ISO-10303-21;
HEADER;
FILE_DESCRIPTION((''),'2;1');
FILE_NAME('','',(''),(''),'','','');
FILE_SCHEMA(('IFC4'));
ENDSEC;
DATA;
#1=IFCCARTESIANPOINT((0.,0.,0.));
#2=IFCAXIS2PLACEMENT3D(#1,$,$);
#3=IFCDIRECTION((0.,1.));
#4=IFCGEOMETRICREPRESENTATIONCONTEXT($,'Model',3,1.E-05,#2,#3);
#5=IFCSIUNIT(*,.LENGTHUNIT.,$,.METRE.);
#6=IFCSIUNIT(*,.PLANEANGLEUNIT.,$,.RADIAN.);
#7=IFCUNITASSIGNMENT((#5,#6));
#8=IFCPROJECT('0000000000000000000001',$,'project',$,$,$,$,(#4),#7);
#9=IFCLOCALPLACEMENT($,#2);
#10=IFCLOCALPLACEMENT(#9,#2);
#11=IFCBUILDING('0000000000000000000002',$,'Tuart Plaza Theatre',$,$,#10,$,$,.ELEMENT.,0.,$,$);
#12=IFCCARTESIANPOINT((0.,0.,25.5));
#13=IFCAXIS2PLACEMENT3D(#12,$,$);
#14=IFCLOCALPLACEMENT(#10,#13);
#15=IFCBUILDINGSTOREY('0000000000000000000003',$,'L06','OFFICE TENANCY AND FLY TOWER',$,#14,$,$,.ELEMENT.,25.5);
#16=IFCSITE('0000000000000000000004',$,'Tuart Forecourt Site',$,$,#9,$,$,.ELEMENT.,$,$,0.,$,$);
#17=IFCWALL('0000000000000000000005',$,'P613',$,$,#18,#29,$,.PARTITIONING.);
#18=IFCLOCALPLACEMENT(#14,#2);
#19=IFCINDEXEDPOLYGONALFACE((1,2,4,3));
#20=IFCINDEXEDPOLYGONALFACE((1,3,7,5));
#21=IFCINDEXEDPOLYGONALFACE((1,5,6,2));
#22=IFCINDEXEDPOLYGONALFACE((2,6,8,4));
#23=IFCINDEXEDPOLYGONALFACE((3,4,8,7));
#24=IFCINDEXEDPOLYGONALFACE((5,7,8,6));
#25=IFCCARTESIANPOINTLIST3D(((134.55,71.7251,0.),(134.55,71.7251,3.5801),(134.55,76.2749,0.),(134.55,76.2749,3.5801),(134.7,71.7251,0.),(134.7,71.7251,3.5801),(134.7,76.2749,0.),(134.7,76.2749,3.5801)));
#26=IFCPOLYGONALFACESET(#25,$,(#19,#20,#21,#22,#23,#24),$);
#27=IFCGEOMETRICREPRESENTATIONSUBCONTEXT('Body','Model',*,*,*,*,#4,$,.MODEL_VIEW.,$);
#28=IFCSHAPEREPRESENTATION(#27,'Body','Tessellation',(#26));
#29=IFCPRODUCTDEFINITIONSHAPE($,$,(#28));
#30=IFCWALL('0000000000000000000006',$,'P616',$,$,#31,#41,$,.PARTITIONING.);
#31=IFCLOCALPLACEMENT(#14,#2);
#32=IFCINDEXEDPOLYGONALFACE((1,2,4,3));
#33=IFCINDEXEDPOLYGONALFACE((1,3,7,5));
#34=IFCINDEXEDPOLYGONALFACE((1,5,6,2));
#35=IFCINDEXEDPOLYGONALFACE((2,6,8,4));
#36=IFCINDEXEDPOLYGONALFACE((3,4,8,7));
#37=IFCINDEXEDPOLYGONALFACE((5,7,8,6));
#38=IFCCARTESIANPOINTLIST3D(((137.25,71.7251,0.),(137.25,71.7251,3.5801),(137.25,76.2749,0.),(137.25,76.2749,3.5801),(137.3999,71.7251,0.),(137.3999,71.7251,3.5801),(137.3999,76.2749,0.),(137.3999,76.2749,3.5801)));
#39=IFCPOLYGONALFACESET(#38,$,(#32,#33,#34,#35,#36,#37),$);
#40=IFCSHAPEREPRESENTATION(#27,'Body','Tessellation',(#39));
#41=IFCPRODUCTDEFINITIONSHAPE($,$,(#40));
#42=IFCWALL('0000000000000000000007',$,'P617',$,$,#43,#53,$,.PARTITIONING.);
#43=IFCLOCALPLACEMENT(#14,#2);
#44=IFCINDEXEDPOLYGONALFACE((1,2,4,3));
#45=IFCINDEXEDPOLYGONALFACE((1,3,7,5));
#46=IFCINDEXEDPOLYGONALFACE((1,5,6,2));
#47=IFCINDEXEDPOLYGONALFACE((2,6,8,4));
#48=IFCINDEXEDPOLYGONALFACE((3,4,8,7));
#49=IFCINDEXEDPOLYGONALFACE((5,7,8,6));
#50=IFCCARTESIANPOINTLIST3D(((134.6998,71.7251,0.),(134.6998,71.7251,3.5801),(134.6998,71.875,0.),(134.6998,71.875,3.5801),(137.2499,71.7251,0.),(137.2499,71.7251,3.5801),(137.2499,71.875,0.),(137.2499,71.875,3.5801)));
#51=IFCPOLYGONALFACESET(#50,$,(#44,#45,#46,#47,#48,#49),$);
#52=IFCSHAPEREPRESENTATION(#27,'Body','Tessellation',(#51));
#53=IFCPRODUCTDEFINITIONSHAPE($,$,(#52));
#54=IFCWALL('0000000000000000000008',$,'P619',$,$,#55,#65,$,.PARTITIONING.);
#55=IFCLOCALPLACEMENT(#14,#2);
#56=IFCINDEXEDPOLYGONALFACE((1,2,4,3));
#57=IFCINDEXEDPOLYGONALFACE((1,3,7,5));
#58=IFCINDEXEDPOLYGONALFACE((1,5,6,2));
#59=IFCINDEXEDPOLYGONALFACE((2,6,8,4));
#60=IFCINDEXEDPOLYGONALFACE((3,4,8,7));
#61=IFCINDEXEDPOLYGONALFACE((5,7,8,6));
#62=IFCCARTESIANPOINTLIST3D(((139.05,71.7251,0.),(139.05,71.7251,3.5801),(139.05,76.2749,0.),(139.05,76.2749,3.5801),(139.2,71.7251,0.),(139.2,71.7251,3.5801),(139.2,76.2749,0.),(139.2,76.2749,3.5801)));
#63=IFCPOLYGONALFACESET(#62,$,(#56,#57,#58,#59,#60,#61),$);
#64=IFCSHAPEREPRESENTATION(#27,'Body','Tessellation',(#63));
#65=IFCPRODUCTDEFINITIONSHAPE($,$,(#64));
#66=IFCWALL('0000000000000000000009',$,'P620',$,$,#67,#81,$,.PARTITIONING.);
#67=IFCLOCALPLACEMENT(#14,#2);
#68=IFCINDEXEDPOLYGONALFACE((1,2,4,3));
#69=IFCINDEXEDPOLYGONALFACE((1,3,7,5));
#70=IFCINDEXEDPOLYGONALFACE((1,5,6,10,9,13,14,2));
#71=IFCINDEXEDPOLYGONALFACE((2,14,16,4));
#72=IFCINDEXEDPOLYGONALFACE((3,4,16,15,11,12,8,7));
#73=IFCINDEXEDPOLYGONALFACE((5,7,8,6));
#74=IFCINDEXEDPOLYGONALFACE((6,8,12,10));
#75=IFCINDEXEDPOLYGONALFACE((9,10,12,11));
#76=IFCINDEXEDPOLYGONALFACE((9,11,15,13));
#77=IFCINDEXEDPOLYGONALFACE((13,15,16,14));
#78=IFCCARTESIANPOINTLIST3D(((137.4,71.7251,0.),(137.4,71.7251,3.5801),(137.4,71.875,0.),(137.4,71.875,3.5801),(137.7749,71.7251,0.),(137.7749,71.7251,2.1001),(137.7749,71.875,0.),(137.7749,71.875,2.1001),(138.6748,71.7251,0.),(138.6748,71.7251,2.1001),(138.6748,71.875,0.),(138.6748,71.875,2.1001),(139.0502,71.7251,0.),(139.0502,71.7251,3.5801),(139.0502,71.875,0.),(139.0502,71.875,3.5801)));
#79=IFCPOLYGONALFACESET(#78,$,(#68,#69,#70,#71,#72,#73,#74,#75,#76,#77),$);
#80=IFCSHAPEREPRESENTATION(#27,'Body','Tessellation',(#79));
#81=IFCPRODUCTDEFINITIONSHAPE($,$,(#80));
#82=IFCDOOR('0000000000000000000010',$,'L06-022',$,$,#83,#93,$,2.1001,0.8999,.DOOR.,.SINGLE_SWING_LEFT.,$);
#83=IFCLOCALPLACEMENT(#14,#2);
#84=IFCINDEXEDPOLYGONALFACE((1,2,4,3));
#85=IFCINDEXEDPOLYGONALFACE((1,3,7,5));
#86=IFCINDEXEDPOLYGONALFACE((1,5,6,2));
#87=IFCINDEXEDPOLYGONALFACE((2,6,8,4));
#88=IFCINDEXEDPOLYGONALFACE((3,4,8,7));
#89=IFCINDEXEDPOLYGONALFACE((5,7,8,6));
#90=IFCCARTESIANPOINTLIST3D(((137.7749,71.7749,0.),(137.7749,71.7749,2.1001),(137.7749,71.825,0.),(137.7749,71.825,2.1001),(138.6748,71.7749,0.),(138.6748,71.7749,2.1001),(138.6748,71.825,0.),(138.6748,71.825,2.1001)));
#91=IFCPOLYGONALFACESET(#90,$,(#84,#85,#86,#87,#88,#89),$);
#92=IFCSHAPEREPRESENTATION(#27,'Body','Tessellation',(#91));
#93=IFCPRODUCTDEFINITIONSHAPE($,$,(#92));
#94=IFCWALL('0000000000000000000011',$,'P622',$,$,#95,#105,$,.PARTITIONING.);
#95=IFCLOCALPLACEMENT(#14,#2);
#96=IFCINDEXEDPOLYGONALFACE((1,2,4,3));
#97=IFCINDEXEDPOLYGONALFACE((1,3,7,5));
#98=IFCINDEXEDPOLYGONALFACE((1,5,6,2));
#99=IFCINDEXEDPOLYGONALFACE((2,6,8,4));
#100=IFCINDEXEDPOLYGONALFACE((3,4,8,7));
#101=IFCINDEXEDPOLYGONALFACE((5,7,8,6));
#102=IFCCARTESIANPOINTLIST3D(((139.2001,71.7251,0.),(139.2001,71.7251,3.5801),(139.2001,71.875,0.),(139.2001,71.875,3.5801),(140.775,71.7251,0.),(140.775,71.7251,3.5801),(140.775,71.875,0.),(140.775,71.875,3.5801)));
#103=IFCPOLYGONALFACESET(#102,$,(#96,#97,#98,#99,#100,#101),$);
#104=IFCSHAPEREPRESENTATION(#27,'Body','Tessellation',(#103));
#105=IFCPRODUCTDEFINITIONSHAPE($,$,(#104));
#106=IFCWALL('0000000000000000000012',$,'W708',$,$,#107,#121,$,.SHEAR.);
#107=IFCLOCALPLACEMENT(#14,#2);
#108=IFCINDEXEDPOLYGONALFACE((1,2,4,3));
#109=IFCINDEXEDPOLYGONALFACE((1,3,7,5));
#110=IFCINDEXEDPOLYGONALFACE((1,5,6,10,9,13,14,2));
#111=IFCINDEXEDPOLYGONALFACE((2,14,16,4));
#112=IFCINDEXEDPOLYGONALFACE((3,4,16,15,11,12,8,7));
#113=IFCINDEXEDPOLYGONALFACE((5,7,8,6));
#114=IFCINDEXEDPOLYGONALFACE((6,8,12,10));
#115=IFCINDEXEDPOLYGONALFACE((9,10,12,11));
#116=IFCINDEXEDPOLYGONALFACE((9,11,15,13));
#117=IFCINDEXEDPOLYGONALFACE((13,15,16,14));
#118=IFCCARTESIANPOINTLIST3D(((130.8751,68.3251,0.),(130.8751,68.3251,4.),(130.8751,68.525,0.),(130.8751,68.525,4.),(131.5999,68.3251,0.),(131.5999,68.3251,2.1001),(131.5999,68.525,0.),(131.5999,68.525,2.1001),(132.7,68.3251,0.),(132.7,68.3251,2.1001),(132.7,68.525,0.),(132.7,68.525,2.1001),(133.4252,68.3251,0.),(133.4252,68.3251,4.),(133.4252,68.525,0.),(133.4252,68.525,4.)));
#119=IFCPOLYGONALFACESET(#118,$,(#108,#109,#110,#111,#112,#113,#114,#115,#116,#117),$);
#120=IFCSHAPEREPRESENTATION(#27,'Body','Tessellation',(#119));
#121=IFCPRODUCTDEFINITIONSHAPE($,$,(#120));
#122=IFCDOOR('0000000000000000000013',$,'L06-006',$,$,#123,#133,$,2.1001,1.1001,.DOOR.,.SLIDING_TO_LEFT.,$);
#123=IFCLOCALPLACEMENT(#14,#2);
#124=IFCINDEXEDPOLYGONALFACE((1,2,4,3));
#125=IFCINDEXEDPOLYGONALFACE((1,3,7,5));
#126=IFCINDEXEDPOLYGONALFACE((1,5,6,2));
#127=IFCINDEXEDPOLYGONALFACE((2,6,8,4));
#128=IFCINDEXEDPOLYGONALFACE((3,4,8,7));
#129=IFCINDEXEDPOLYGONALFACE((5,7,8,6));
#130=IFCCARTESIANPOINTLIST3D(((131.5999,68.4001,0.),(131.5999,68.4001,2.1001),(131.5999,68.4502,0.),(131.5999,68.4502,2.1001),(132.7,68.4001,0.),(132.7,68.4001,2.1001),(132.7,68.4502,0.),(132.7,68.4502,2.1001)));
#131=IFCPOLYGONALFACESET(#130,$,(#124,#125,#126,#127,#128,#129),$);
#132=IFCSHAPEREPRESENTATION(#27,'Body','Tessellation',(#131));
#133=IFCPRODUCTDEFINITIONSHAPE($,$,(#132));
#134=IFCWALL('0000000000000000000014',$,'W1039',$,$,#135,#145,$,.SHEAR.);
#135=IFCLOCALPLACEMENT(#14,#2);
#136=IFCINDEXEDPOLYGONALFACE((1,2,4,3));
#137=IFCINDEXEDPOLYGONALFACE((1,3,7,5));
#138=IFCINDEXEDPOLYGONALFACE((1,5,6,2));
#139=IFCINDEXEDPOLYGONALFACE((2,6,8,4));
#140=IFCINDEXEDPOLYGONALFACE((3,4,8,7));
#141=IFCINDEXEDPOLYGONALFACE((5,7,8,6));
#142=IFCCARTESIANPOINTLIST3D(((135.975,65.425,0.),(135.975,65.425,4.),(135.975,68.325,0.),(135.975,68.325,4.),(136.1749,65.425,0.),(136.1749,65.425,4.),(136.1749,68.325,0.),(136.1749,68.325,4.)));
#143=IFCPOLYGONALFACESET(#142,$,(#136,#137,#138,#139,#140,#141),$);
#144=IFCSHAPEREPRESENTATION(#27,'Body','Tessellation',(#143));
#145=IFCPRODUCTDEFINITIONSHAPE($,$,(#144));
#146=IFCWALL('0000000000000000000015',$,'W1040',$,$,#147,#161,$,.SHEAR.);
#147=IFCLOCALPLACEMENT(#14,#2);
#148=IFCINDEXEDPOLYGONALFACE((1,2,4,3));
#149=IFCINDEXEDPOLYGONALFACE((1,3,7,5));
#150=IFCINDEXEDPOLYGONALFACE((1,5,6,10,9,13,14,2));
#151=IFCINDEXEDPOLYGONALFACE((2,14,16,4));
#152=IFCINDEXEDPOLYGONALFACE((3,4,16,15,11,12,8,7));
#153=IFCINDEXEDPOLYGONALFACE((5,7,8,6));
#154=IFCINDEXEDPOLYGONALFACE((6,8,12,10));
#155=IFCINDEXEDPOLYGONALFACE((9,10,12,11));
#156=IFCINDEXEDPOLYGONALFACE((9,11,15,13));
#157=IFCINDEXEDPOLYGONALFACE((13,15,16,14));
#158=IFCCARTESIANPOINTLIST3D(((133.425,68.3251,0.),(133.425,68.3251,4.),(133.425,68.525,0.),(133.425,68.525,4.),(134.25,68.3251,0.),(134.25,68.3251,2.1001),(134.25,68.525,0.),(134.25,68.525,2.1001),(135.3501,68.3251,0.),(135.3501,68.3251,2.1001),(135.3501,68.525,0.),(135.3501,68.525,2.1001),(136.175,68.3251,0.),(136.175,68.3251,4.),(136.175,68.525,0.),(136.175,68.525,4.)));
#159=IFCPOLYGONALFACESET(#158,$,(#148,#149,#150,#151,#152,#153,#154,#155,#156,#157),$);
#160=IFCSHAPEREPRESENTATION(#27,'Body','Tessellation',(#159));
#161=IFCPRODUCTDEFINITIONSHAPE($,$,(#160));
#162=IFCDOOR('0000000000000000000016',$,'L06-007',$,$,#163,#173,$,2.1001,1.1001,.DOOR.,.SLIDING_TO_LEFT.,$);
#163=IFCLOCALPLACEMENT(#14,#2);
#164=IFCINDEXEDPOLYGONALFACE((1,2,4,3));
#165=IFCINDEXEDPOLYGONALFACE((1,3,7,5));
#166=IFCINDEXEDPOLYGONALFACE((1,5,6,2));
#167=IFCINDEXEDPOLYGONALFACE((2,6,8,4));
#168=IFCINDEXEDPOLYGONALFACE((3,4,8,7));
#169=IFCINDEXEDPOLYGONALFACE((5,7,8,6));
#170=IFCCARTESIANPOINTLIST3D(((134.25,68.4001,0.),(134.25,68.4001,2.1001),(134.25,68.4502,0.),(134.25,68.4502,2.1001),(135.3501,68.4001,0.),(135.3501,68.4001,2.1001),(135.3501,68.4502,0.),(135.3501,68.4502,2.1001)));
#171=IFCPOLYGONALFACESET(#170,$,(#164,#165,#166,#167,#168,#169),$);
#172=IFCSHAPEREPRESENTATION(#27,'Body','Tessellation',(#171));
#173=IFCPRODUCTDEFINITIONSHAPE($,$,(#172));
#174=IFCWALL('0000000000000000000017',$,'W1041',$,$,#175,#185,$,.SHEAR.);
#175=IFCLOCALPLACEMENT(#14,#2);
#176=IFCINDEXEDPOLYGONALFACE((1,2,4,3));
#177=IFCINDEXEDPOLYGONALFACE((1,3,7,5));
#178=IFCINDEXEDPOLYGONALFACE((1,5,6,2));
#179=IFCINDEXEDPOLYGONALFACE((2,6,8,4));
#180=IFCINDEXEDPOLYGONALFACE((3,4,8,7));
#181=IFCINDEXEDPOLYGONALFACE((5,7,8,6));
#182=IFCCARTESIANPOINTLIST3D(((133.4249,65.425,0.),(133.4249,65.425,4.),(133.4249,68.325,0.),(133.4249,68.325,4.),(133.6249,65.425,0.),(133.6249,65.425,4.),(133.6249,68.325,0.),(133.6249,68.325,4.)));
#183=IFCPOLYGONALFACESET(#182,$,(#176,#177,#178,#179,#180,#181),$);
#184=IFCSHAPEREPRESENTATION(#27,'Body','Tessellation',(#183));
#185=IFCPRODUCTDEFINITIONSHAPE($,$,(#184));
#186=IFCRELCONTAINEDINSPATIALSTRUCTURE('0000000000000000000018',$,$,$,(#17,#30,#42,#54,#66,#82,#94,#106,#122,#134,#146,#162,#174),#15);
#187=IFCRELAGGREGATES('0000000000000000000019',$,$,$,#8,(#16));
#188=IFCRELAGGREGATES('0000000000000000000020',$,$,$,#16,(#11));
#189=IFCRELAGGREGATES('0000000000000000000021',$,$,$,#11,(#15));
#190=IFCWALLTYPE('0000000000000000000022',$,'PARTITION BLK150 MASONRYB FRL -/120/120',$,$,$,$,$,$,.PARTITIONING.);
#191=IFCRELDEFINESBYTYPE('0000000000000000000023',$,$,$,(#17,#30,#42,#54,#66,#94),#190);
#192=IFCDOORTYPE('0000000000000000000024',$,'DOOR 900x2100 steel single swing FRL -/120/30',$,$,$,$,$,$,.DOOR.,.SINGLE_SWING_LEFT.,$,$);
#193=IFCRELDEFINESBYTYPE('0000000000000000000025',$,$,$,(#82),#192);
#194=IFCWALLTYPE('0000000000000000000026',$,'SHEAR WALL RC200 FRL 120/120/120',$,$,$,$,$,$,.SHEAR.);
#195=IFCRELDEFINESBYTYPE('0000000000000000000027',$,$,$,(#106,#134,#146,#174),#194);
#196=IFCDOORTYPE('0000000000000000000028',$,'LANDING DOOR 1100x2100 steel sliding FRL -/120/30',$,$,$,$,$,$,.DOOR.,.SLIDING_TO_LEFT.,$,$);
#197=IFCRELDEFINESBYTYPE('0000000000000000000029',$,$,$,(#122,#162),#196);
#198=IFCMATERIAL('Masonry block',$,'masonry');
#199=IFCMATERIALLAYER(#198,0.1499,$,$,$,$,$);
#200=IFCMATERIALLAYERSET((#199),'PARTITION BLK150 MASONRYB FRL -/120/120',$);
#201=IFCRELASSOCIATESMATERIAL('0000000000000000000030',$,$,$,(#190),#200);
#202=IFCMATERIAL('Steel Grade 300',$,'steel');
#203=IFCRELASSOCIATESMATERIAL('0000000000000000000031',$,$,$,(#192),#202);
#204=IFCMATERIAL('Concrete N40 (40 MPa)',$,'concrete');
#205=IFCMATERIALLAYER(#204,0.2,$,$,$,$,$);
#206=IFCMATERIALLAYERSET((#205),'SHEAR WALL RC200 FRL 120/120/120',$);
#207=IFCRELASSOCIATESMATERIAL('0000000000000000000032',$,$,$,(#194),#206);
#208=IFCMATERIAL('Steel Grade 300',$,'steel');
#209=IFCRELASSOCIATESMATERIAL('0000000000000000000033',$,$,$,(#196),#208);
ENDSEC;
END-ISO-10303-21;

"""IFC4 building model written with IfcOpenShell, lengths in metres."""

from ifc_helpers import new_model, si_unit, direction, frame, frame_2d, origin, place, context, subcontext, project, spatial, rectangle, extrude, material, layer, layer_set, type_object, element, fill, save


model = new_model("IFC4")

# Units and contexts
model_context = context("Model", 3, precision=1e-05, world=origin(), true_north=direction((0.0, 1.0)))
body_context = subcontext(model_context, "Body", "Model", "MODEL_VIEW")
ifc_project = project(units=[si_unit("LENGTHUNIT", "METRE"), si_unit("PLANEANGLEUNIT", "RADIAN")], contexts=[model_context])

# Site, building, storey
site_placement = place(None, origin())
site = spatial("IfcSite", under=ifc_project, at=site_placement, Name="Tuart Forecourt Site", CompositionType="ELEMENT", RefElevation=0.0)
building_placement = place(site_placement, origin())
building = spatial("IfcBuilding", under=site, at=building_placement, Name="Tuart Plaza Theatre", CompositionType="ELEMENT", ElevationOfRefHeight=0.0)
storey_placement = place(building_placement, frame((0.0, 0.0, 25.5)))
storey = spatial("IfcBuildingStorey", under=building, at=storey_placement, Name="L06", Description="OFFICE TENANCY AND FLY TOWER", CompositionType="ELEMENT", Elevation=25.5)

# Walls
ifc_material_1 = material(Name="Masonry block", Category="masonry")
ifc_layer_1 = layer(ifc_material_1, 0.1499)
ifc_layer_set_1 = layer_set([ifc_layer_1], Name="PARTITION BLK150 MASONRYB FRL -/120/120")
wall_type_1 = type_object("IfcWallType", Name="PARTITION BLK150 MASONRYB FRL -/120/120", PredefinedType="PARTITIONING", material=ifc_layer_set_1)
for number, where, z_axis, x_axis, name in (
    (1, (134.625, 71.7251, 0.0), (0.0, 0.0, 1.0), (0.0, 1.0, 0.0), "P613"),
    (2, (137.325, 71.7251, 0.0), (0.0, 0.0, 1.0), (0.0, 1.0, 0.0), "P616"),
):
    element("IfcWall", number, at=place(storey_placement, frame(where, z_axis=z_axis, x_axis=x_axis)), inside=storey, type_object=wall_type_1, Name=name, PredefinedType="PARTITIONING", context=body_context, shape_type="SweptSolid", body=[
        extrude(rectangle(XDim=4.5498, YDim=0.1499, at=frame_2d((2.2749, 0.0))), origin(), (0.0, 0.0, 1.0), 3.5801),
    ])
wall_1_placement = place(storey_placement, frame((134.7, 71.8, 0.0), z_axis=(0.0, 0.0, 1.0), x_axis=(1.0, 0.0, 0.0)))
element("IfcWall", 3, at=wall_1_placement, inside=storey, type_object=wall_type_1, Name="P617", PredefinedType="PARTITIONING", context=body_context, shape_type="SweptSolid", body=[
    extrude(rectangle(XDim=2.55, YDim=0.1499, at=frame_2d((1.2749, 0.0))), origin(), (0.0, 0.0, 1.0), 3.5801),
])
wall_2_placement = place(storey_placement, frame((139.125, 71.7251, 0.0), z_axis=(0.0, 0.0, 1.0), x_axis=(0.0, 1.0, 0.0)))
element("IfcWall", 4, at=wall_2_placement, inside=storey, type_object=wall_type_1, Name="P619", PredefinedType="PARTITIONING", context=body_context, shape_type="SweptSolid", body=[
    extrude(rectangle(XDim=4.5498, YDim=0.1499, at=frame_2d((2.2749, 0.0))), origin(), (0.0, 0.0, 1.0), 3.5801),
])

# Wall, opening, door
wall_3_placement = place(storey_placement, frame((137.3999, 71.8, 0.0), z_axis=(0.0, 0.0, 1.0), x_axis=(1.0, 0.0, 0.0)))
wall_3 = element("IfcWall", 5, at=wall_3_placement, inside=storey, type_object=wall_type_1, Name="P620", PredefinedType="PARTITIONING", context=body_context, shape_type="SweptSolid", body=[
    extrude(rectangle(XDim=1.6501, YDim=0.1499, at=frame_2d((0.8252, 0.0))), origin(), (0.0, 0.0, 1.0), 3.5801),
])
opening_1_placement = place(wall_3_placement, frame((0.375, 0.0, 0.0)))
opening_1 = element("IfcOpeningElement", 6, at=opening_1_placement, cuts=wall_3, PredefinedType="OPENING", context=body_context, shape_type="SweptSolid", body=[
    extrude(rectangle(XDim=0.8999, YDim=2.1001, at=frame_2d((0.45, 1.05))), frame((0.0, 0.085, 0.0), z_axis=(0.0, -1.0, 0.0), x_axis=(1.0, 0.0, 0.0)), (0.0, 0.0, 1.0), 0.1699),
])
ifc_material_2 = material(Name="Steel Grade 300", Category="steel")
door_type_1 = type_object("IfcDoorType", Name="DOOR 900x2100 steel single swing FRL -/120/30", OperationType="SINGLE_SWING_LEFT", PredefinedType="DOOR", material=ifc_material_2)
door_1_placement = place(opening_1_placement, origin())
door_1 = element("IfcDoor", 7, at=door_1_placement, inside=storey, type_object=door_type_1, Name="L06-022", OperationType="SINGLE_SWING_LEFT", OverallHeight=2.1001, OverallWidth=0.8999, PredefinedType="DOOR", context=body_context, shape_type="SweptSolid", body=[
    extrude(rectangle(XDim=0.8999, YDim=2.1001, at=frame_2d((0.45, 1.05))), frame((0.0, 0.0249, 0.0), z_axis=(0.0, -1.0, 0.0), x_axis=(1.0, 0.0, 0.0)), (0.0, 0.0, 1.0), 0.05),
])
fill(opening_1, door_1)

# Wall
wall_4_placement = place(storey_placement, frame((139.2, 71.8, 0.0), z_axis=(0.0, 0.0, 1.0), x_axis=(1.0, 0.0, 0.0)))
element("IfcWall", 8, at=wall_4_placement, inside=storey, type_object=wall_type_1, Name="P622", PredefinedType="PARTITIONING", context=body_context, shape_type="SweptSolid", body=[
    extrude(rectangle(XDim=1.575, YDim=0.1499, at=frame_2d((0.7876, 0.0))), origin(), (0.0, 0.0, 1.0), 3.5801),
])

# Wall, opening, door
ifc_material_3 = material(Name="Concrete N40 (40 MPa)", Category="concrete")
ifc_layer_2 = layer(ifc_material_3, 0.2)
ifc_layer_set_2 = layer_set([ifc_layer_2], Name="SHEAR WALL RC200 FRL 120/120/120")
wall_type_2 = type_object("IfcWallType", Name="SHEAR WALL RC200 FRL 120/120/120", PredefinedType="SHEAR", material=ifc_layer_set_2)
wall_5_placement = place(storey_placement, frame((133.425, 68.425, 0.0), z_axis=(0.0, 0.0, 1.0), x_axis=(-1.0, 0.0, 0.0)))
wall_5 = element("IfcWall", 9, at=wall_5_placement, inside=storey, type_object=wall_type_2, Name="W708", PredefinedType="SHEAR", context=body_context, shape_type="SweptSolid", body=[
    extrude(rectangle(XDim=2.55, YDim=0.2, at=frame_2d((1.2749, 0.0))), origin(), (0.0, 0.0, 1.0), 4.0),
])
opening_2_placement = place(wall_5_placement, frame((0.7251, 0.0, 0.0)))
opening_2 = element("IfcOpeningElement", 10, at=opening_2_placement, cuts=wall_5, PredefinedType="OPENING", context=body_context, shape_type="SweptSolid", body=[
    extrude(rectangle(XDim=1.1001, YDim=2.1001, at=frame_2d((0.55, 1.05))), frame((0.0, 0.1099, 0.0), z_axis=(0.0, -1.0, 0.0), x_axis=(1.0, 0.0, 0.0)), (0.0, 0.0, 1.0), 0.22),
])
ifc_material_4 = material(Name="Steel Grade 300", Category="steel")
door_type_2 = type_object("IfcDoorType", Name="LANDING DOOR 1100x2100 steel sliding FRL -/120/30", OperationType="SLIDING_TO_LEFT", PredefinedType="DOOR", material=ifc_material_4)
door_2_placement = place(opening_2_placement, origin())
door_2 = element("IfcDoor", 11, at=door_2_placement, inside=storey, type_object=door_type_2, Name="L06-006", OperationType="SLIDING_TO_LEFT", OverallHeight=2.1001, OverallWidth=1.1001, PredefinedType="DOOR", context=body_context, shape_type="SweptSolid", body=[
    extrude(rectangle(XDim=1.1001, YDim=2.1001, at=frame_2d((0.55, 1.05))), frame((0.0, 0.0249, 0.0), z_axis=(0.0, -1.0, 0.0), x_axis=(1.0, 0.0, 0.0)), (0.0, 0.0, 1.0), 0.05),
])
fill(opening_2, door_2)

# Wall
wall_6_placement = place(storey_placement, frame((136.075, 65.425, 0.0), z_axis=(0.0, 0.0, 1.0), x_axis=(0.0, 1.0, 0.0)))
element("IfcWall", 12, at=wall_6_placement, inside=storey, type_object=wall_type_2, Name="W1039", PredefinedType="SHEAR", context=body_context, shape_type="SweptSolid", body=[
    extrude(rectangle(XDim=2.8999, YDim=0.2, at=frame_2d((1.45, 0.0))), origin(), (0.0, 0.0, 1.0), 4.0),
])

# Wall, opening, door
wall_7_placement = place(storey_placement, frame((136.175, 68.425, 0.0), z_axis=(0.0, 0.0, 1.0), x_axis=(-1.0, 0.0, 0.0)))
wall_7 = element("IfcWall", 13, at=wall_7_placement, inside=storey, type_object=wall_type_2, Name="W1040", PredefinedType="SHEAR", context=body_context, shape_type="SweptSolid", body=[
    extrude(rectangle(XDim=2.75, YDim=0.2, at=frame_2d((1.375, 0.0))), origin(), (0.0, 0.0, 1.0), 4.0),
])
opening_3_placement = place(wall_7_placement, frame((0.825, 0.0, 0.0)))
opening_3 = element("IfcOpeningElement", 14, at=opening_3_placement, cuts=wall_7, PredefinedType="OPENING", context=body_context, shape_type="SweptSolid", body=[
    extrude(rectangle(XDim=1.1001, YDim=2.1001, at=frame_2d((0.55, 1.05))), frame((0.0, 0.1099, 0.0), z_axis=(0.0, -1.0, 0.0), x_axis=(1.0, 0.0, 0.0)), (0.0, 0.0, 1.0), 0.22),
])
door_3_placement = place(opening_3_placement, origin())
door_3 = element("IfcDoor", 15, at=door_3_placement, inside=storey, type_object=door_type_2, Name="L06-007", OperationType="SLIDING_TO_LEFT", OverallHeight=2.1001, OverallWidth=1.1001, PredefinedType="DOOR", context=body_context, shape_type="SweptSolid", body=[
    extrude(rectangle(XDim=1.1001, YDim=2.1001, at=frame_2d((0.55, 1.05))), frame((0.0, 0.0249, 0.0), z_axis=(0.0, -1.0, 0.0), x_axis=(1.0, 0.0, 0.0)), (0.0, 0.0, 1.0), 0.05),
])
fill(opening_3, door_3)

# Wall
wall_8_placement = place(storey_placement, frame((133.5249, 68.325, 0.0), z_axis=(0.0, 0.0, 1.0), x_axis=(0.0, -1.0, 0.0)))
element("IfcWall", 16, at=wall_8_placement, inside=storey, type_object=wall_type_2, Name="W1041", PredefinedType="SHEAR", context=body_context, shape_type="SweptSolid", body=[
    extrude(rectangle(XDim=2.8999, YDim=0.2, at=frame_2d((1.45, 0.0))), origin(), (0.0, 0.0, 1.0), 4.0),
])

save(model, "model.ifc")
